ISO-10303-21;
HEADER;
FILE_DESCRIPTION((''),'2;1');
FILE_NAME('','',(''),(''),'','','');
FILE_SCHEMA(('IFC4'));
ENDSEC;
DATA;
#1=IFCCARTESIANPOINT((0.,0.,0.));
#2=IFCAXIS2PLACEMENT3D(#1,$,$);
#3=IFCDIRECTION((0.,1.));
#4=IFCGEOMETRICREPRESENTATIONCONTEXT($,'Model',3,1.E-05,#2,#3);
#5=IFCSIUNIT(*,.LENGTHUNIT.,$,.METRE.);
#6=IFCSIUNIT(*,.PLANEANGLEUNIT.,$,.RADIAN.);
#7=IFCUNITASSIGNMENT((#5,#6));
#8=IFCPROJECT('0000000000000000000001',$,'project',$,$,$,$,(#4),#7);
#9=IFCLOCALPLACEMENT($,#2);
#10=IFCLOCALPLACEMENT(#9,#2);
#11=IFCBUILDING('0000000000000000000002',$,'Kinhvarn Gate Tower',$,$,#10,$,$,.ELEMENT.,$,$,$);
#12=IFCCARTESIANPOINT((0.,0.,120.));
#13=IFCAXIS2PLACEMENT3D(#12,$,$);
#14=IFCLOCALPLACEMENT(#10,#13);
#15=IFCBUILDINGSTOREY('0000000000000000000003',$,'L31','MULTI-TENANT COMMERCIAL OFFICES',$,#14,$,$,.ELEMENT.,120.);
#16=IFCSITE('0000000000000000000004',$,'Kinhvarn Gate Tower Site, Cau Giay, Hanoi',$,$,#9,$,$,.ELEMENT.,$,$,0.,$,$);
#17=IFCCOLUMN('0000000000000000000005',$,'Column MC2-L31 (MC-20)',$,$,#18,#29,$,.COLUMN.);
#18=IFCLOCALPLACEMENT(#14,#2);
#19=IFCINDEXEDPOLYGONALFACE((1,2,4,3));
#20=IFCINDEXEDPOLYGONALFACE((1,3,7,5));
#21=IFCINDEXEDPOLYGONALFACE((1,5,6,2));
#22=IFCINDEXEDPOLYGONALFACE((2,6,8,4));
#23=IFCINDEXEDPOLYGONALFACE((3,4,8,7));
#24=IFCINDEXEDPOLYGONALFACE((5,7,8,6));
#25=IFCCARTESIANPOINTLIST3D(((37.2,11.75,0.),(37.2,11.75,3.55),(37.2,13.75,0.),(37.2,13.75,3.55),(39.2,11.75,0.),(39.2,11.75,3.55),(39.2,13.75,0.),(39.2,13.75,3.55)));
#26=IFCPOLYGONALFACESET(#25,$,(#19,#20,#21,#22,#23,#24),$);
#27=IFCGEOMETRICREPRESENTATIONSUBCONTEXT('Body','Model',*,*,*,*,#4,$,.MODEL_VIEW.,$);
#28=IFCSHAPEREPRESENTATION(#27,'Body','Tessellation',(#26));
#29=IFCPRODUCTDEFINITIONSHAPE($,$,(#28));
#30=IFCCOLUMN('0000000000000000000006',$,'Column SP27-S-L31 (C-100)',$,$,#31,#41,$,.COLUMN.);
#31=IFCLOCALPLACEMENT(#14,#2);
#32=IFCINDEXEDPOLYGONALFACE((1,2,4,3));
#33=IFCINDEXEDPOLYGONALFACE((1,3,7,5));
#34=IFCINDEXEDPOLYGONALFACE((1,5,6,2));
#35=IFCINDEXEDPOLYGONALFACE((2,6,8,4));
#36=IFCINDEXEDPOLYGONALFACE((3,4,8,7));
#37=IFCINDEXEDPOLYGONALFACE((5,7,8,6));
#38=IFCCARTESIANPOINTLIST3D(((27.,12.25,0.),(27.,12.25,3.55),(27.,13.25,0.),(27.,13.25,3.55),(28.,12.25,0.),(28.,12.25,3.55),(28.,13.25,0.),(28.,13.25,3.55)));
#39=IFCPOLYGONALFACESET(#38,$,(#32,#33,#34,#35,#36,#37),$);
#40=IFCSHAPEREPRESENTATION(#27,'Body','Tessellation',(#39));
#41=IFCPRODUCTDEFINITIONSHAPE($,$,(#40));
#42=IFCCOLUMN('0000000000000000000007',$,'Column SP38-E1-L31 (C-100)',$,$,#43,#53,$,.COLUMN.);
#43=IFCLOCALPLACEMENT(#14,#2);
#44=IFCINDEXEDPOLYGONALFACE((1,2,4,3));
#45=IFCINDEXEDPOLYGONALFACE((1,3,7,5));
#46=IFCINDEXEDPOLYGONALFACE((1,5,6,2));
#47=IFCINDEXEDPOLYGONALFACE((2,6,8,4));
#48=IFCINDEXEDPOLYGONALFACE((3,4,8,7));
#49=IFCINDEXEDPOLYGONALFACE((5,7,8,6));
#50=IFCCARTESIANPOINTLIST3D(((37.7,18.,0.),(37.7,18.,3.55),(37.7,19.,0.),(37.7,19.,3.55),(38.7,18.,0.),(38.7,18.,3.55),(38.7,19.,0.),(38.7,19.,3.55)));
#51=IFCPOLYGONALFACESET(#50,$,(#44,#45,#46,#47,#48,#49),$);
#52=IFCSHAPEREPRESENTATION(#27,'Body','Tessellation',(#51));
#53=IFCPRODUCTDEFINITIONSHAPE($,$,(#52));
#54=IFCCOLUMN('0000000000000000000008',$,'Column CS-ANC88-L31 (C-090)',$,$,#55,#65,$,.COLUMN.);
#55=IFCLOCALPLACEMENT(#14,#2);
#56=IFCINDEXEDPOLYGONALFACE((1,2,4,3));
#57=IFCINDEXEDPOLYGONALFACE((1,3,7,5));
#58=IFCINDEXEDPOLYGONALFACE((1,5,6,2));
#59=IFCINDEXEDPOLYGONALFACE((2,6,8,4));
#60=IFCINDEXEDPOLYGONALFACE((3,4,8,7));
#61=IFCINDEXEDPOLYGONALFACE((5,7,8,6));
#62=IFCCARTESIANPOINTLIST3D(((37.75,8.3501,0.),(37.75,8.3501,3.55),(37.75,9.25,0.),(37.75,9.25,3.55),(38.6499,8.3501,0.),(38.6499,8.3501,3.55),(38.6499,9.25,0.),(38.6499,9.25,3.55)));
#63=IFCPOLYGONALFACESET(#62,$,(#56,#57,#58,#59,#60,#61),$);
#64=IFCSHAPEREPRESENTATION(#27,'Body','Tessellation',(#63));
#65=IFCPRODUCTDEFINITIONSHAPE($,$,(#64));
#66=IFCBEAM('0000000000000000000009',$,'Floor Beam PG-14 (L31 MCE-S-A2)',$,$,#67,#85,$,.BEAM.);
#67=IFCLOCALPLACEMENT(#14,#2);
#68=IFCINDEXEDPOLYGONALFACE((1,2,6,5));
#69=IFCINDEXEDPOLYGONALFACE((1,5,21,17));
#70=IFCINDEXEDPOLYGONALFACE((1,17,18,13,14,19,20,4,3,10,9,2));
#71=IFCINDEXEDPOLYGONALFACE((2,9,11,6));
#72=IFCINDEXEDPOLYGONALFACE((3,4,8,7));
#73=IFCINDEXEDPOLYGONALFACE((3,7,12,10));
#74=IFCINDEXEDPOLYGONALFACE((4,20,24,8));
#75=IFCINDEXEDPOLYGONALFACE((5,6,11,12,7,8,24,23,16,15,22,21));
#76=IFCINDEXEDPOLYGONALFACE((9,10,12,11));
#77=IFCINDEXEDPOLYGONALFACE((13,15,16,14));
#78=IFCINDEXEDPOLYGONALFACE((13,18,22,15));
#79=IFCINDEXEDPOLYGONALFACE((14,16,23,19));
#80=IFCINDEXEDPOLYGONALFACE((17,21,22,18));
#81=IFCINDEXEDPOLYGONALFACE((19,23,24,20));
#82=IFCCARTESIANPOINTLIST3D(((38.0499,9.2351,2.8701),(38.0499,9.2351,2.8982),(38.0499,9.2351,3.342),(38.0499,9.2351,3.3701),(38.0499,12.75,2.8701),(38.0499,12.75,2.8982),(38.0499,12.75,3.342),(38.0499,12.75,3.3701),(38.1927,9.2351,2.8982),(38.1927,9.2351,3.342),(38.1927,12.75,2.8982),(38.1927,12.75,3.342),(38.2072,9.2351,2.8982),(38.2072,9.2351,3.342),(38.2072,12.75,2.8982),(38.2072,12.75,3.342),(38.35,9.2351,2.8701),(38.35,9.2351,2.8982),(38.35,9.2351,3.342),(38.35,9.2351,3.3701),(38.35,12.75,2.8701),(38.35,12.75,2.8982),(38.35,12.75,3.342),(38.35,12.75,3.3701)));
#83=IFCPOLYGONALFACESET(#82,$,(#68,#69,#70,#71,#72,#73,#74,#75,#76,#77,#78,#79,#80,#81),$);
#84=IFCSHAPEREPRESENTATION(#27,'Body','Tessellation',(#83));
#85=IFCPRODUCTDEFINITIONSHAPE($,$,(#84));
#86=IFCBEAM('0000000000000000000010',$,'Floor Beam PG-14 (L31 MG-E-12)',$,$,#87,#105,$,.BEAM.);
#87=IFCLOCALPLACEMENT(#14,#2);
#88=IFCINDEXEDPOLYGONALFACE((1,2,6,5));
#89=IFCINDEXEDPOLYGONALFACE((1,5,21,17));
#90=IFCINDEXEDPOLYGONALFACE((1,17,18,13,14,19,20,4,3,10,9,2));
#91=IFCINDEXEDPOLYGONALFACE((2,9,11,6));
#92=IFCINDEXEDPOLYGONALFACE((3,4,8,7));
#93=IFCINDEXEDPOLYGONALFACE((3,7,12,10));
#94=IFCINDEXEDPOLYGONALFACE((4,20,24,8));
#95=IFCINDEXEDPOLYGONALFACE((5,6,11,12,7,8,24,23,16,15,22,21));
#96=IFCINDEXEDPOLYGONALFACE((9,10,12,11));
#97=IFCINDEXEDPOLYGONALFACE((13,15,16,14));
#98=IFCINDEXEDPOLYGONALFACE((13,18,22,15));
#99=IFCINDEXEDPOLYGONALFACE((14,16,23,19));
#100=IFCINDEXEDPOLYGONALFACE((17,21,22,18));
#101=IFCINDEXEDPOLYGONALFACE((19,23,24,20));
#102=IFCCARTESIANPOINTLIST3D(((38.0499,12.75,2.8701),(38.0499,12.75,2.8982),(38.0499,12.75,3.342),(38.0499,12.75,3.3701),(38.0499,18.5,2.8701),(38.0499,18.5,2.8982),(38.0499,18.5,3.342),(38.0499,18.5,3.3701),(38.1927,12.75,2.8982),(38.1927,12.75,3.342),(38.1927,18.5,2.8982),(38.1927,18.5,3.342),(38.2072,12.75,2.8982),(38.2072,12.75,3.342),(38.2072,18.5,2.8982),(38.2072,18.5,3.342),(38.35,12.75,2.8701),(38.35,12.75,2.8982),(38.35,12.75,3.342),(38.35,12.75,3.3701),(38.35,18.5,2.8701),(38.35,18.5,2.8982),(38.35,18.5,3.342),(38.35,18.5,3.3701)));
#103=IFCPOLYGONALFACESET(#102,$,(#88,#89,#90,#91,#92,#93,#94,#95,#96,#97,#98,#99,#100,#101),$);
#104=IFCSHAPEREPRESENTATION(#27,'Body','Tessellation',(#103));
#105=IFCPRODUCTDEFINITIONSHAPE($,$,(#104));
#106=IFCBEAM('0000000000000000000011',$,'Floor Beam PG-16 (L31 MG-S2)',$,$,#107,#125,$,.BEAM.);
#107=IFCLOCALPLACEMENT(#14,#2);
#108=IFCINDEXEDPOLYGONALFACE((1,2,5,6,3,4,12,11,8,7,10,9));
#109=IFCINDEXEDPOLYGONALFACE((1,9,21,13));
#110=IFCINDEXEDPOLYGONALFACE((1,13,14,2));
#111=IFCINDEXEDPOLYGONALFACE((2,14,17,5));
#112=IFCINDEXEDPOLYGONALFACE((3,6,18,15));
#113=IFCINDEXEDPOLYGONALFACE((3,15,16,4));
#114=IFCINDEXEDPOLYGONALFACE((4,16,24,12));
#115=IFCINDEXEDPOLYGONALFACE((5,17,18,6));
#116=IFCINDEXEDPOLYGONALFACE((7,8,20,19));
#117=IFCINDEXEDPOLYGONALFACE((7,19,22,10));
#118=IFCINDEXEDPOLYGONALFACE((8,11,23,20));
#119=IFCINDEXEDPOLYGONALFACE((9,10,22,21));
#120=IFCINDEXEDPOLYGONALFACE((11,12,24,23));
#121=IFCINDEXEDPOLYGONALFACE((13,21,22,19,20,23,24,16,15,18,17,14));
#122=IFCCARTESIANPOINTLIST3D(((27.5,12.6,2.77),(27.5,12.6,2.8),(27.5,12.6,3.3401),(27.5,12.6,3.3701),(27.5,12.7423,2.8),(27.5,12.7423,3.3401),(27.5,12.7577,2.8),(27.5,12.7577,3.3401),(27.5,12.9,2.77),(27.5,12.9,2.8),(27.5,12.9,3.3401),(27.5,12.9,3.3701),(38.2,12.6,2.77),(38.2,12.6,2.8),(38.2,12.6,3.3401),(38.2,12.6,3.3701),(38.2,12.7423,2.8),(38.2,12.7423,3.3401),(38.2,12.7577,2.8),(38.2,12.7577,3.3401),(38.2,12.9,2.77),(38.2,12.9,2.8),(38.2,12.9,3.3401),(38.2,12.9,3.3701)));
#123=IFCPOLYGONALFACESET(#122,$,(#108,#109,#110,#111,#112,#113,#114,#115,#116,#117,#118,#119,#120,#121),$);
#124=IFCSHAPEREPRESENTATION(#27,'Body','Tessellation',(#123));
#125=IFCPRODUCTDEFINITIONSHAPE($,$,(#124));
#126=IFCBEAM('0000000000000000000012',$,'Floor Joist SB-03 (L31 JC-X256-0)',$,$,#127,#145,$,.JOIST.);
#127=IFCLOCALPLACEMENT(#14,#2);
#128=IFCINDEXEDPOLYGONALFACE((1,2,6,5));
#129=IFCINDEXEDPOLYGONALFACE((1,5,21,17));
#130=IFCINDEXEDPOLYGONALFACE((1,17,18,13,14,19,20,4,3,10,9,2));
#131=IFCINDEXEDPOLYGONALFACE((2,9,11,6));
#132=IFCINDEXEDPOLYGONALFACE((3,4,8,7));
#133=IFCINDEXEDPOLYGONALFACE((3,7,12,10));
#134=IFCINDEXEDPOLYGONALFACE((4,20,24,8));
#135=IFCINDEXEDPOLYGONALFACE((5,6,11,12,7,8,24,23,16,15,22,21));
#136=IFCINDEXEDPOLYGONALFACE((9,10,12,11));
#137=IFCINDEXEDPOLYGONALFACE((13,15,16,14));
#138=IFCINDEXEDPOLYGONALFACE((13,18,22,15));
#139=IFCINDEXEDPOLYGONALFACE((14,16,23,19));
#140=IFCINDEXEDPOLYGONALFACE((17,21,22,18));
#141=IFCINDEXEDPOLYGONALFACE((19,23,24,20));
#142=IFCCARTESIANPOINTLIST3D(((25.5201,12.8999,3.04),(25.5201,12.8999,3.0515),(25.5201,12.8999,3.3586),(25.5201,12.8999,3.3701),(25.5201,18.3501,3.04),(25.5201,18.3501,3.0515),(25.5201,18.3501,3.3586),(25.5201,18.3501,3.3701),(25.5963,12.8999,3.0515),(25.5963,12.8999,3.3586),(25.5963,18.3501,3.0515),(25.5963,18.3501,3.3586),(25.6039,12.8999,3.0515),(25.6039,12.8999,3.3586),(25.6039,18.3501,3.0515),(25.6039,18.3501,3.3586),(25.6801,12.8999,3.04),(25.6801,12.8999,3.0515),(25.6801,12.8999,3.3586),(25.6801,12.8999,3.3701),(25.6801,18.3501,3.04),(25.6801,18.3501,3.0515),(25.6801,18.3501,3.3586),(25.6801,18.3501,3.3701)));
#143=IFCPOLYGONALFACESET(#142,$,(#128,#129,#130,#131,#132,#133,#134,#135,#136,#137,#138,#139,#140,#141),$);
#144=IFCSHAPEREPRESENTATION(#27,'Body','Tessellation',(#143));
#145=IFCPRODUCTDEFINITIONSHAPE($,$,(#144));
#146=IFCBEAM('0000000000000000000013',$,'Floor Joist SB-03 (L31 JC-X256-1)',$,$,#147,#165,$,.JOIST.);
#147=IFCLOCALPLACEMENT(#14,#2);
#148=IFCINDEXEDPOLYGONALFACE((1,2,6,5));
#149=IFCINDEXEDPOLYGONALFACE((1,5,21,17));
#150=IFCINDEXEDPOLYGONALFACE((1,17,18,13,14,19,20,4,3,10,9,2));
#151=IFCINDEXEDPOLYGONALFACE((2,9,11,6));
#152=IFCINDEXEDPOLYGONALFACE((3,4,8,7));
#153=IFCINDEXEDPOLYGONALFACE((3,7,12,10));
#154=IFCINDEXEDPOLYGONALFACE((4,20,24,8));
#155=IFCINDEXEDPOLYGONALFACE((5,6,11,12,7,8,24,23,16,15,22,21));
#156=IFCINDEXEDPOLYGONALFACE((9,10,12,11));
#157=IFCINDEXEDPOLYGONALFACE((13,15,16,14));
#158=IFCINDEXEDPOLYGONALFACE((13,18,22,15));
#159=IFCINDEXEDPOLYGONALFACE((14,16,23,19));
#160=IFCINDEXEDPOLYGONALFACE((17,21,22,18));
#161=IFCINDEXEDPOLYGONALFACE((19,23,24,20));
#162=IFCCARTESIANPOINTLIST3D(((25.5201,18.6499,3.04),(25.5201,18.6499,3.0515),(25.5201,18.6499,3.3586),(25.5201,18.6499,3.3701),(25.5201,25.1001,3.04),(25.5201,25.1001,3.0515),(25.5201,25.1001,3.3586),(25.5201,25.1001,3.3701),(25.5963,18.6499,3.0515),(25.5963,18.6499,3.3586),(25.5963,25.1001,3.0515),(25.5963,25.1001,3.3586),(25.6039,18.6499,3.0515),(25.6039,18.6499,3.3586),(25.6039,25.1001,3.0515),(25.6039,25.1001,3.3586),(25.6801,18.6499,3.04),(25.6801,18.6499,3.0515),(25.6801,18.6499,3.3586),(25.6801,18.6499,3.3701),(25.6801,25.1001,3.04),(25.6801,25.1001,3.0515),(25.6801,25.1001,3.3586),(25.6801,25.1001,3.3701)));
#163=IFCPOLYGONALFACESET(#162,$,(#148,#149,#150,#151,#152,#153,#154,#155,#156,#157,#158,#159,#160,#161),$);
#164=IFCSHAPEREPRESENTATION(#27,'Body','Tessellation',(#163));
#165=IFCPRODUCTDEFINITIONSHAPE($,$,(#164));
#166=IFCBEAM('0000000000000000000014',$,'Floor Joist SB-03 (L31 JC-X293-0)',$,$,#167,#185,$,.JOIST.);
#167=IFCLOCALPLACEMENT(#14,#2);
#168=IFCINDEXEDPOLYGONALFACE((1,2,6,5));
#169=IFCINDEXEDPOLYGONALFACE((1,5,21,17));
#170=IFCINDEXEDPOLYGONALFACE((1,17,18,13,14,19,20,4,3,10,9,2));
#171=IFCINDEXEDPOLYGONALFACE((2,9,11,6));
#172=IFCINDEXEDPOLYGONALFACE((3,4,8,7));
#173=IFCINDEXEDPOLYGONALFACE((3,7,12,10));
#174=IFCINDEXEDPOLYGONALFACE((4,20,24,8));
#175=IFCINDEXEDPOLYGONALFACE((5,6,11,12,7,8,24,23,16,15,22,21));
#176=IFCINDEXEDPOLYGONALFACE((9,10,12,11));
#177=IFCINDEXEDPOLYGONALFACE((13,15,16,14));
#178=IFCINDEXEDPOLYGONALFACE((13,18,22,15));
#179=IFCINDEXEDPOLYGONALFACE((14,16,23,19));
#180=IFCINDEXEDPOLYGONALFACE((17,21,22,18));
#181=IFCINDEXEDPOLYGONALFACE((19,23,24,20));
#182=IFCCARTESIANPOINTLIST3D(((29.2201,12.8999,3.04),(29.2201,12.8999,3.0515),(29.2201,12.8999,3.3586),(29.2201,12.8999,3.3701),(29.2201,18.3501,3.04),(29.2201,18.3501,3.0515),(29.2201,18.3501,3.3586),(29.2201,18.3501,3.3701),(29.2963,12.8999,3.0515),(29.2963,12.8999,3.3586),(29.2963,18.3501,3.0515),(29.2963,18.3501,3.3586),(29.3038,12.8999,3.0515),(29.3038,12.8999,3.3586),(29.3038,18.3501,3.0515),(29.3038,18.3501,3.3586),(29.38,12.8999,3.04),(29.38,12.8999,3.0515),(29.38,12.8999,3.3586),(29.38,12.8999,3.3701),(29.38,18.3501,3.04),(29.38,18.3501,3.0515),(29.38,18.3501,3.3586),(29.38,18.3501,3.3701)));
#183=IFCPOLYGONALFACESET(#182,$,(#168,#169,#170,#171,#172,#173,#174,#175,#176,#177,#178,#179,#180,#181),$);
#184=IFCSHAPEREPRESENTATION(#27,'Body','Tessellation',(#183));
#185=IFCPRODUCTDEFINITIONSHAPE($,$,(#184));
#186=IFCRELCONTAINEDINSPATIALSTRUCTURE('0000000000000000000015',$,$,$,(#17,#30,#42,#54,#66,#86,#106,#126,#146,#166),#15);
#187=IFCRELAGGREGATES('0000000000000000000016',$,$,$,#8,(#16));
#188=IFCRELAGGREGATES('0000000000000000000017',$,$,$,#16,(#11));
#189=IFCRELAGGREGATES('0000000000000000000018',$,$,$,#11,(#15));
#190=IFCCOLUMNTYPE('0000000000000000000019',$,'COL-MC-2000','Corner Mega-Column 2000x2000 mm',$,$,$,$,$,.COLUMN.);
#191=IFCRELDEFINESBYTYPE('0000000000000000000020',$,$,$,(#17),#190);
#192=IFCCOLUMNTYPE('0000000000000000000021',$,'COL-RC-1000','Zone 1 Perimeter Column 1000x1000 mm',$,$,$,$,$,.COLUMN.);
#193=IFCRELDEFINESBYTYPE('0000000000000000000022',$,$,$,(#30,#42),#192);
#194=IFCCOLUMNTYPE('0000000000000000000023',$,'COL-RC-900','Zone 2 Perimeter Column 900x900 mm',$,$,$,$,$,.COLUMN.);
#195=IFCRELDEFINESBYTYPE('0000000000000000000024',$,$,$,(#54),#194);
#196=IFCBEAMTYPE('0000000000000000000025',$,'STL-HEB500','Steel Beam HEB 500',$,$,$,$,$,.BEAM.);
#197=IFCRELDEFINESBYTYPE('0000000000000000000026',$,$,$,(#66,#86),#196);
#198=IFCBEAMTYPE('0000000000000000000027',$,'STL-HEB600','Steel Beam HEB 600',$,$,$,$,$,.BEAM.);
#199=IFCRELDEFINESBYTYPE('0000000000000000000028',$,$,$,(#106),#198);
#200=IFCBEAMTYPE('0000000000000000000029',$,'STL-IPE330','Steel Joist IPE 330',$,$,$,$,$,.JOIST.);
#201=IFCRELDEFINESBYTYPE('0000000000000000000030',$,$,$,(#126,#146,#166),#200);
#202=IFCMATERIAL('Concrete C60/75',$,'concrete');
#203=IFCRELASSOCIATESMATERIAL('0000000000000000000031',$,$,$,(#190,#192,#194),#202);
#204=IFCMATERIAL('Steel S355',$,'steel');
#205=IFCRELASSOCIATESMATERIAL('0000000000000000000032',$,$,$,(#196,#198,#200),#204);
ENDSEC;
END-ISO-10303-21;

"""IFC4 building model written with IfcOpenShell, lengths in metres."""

from ifc_helpers import new_model, si_unit, direction, frame, origin, origin_2d, place, context, subcontext, project, spatial, rectangle, i_section, extrude, material, material_profile, profile_set, type_object, element, save


model = new_model("IFC4")

# Units and contexts
model_context = context("Model", 3, precision=1e-05, world=origin(), true_north=direction((0.0, 1.0)))
body_context = subcontext(model_context, "Body", "Model", "MODEL_VIEW")
ifc_project = project(units=[si_unit("LENGTHUNIT", "METRE"), si_unit("PLANEANGLEUNIT", "RADIAN")], contexts=[model_context])

# Site, building, storey
site_placement = place(None, origin())
site = spatial("IfcSite", under=ifc_project, at=site_placement, Name="Kinhvarn Gate Tower Site, Cau Giay, Hanoi", CompositionType="ELEMENT", RefElevation=0.0)
building_placement = place(site_placement, origin())
building = spatial("IfcBuilding", under=site, at=building_placement, Name="Kinhvarn Gate Tower", CompositionType="ELEMENT")
storey_placement = place(building_placement, frame((0.0, 0.0, 120.0)))
storey = spatial("IfcBuildingStorey", under=building, at=storey_placement, Name="L31", Description="MULTI-TENANT COMMERCIAL OFFICES", CompositionType="ELEMENT", Elevation=120.0)

# Columns
ifc_material_1 = material(Name="Concrete C60/75", Category="concrete")
ifc_material_profile_1 = material_profile(ifc_material_1, rectangle(XDim=2.0, YDim=2.0, at=origin_2d()), Name="RC 2000x2000")
ifc_profile_set_1 = profile_set([ifc_material_profile_1], Name="Concrete C60/75")
column_type_1 = type_object("IfcColumnType", Name="COL-MC-2000", Description="Corner Mega-Column 2000x2000 mm", PredefinedType="COLUMN", material=ifc_profile_set_1)
column_1_placement = place(storey_placement, frame((38.2, 12.75, 0.0), z_axis=(0.0, 0.0, 1.0), x_axis=(1.0, 0.0, 0.0)))
element("IfcColumn", 1, at=column_1_placement, inside=storey, type_object=column_type_1, Name="Column MC2-L31 (MC-20)", PredefinedType="COLUMN", context=body_context, shape_type="SweptSolid", body=[
    extrude(rectangle(XDim=2.0, YDim=2.0, at=origin_2d()), origin(), (0.0, 0.0, 1.0), 3.55),
])
ifc_material_profile_2 = material_profile(ifc_material_1, rectangle(XDim=1.0, YDim=1.0, at=origin_2d()), Name="RC 1000x1000")
ifc_profile_set_2 = profile_set([ifc_material_profile_2], Name="Concrete C60/75")
column_type_2 = type_object("IfcColumnType", Name="COL-RC-1000", Description="Zone 1 Perimeter Column 1000x1000 mm", PredefinedType="COLUMN", material=ifc_profile_set_2)
for number, where, z_axis, x_axis, name in (
    (2, (27.5, 12.75, 0.0), (0.0, 0.0, 1.0), (1.0, 0.0, 0.0), "Column SP27-S-L31 (C-100)"),
    (3, (38.2, 18.5, 0.0), (0.0, 0.0, 1.0), (1.0, 0.0, 0.0), "Column SP38-E1-L31 (C-100)"),
):
    element("IfcColumn", number, at=place(storey_placement, frame(where, z_axis=z_axis, x_axis=x_axis)), inside=storey, type_object=column_type_2, Name=name, PredefinedType="COLUMN", context=body_context, shape_type="SweptSolid", body=[
        extrude(rectangle(XDim=1.0, YDim=1.0, at=origin_2d()), origin(), (0.0, 0.0, 1.0), 3.55),
    ])
ifc_material_profile_3 = material_profile(ifc_material_1, rectangle(XDim=0.8999, YDim=0.8999, at=origin_2d()), Name="RC 900x900")
ifc_profile_set_3 = profile_set([ifc_material_profile_3], Name="Concrete C60/75")
column_type_3 = type_object("IfcColumnType", Name="COL-RC-900", Description="Zone 2 Perimeter Column 900x900 mm", PredefinedType="COLUMN", material=ifc_profile_set_3)
column_2_placement = place(storey_placement, frame((38.2, 8.8, 0.0), z_axis=(0.0, 0.0, 1.0), x_axis=(1.0, 0.0, 0.0)))
element("IfcColumn", 4, at=column_2_placement, inside=storey, type_object=column_type_3, Name="Column CS-ANC88-L31 (C-090)", PredefinedType="COLUMN", context=body_context, shape_type="SweptSolid", body=[
    extrude(rectangle(XDim=0.8999, YDim=0.8999, at=origin_2d()), origin(), (0.0, 0.0, 1.0), 3.55),
])

# Beams
ifc_material_2 = material(Name="Steel S355", Category="steel")
ifc_material_profile_4 = material_profile(ifc_material_2, i_section(OverallWidth=0.3, OverallDepth=0.5, WebThickness=0.0144, FlangeThickness=0.0281, at=origin_2d()), Name="HEB 500")
ifc_profile_set_4 = profile_set([ifc_material_profile_4], Name="Steel S355")
beam_type_1 = type_object("IfcBeamType", Name="STL-HEB500", Description="Steel Beam HEB 500", PredefinedType="BEAM", material=ifc_profile_set_4)
beam_1_placement = place(storey_placement, frame((38.2, 9.2351, 3.1201), z_axis=(0.0, 1.0, 0.0), x_axis=(-1.0, 0.0, 0.0)))
element("IfcBeam", 5, at=beam_1_placement, inside=storey, type_object=beam_type_1, Name="Floor Beam PG-14 (L31 MCE-S-A2)", PredefinedType="BEAM", context=body_context, shape_type="SweptSolid", body=[
    extrude(i_section(OverallWidth=0.3, OverallDepth=0.5, WebThickness=0.0144, FlangeThickness=0.0281, at=origin_2d()), origin(), (0.0, 0.0, 1.0), 3.5149),
])
beam_2_placement = place(storey_placement, frame((38.2, 12.75, 3.1201), z_axis=(0.0, 1.0, 0.0), x_axis=(-1.0, 0.0, 0.0)))
element("IfcBeam", 6, at=beam_2_placement, inside=storey, type_object=beam_type_1, Name="Floor Beam PG-14 (L31 MG-E-12)", PredefinedType="BEAM", context=body_context, shape_type="SweptSolid", body=[
    extrude(i_section(OverallWidth=0.3, OverallDepth=0.5, WebThickness=0.0144, FlangeThickness=0.0281, at=origin_2d()), origin(), (0.0, 0.0, 1.0), 5.75),
])
ifc_material_profile_5 = material_profile(ifc_material_2, i_section(OverallWidth=0.3, OverallDepth=0.6001, WebThickness=0.0154, FlangeThickness=0.03, at=origin_2d()), Name="HEB 600")
ifc_profile_set_5 = profile_set([ifc_material_profile_5], Name="Steel S355")
beam_type_2 = type_object("IfcBeamType", Name="STL-HEB600", Description="Steel Beam HEB 600", PredefinedType="BEAM", material=ifc_profile_set_5)
beam_3_placement = place(storey_placement, frame((27.5, 12.75, 3.0701), z_axis=(1.0, 0.0, 0.0), x_axis=(0.0, 1.0, 0.0)))
element("IfcBeam", 7, at=beam_3_placement, inside=storey, type_object=beam_type_2, Name="Floor Beam PG-16 (L31 MG-S2)", PredefinedType="BEAM", context=body_context, shape_type="SweptSolid", body=[
    extrude(i_section(OverallWidth=0.3, OverallDepth=0.6001, WebThickness=0.0154, FlangeThickness=0.03, at=origin_2d()), origin(), (0.0, 0.0, 1.0), 10.7),
])
ifc_material_profile_6 = material_profile(ifc_material_2, i_section(OverallWidth=0.1599, OverallDepth=0.3301, WebThickness=0.0076, FlangeThickness=0.0115, at=origin_2d()), Name="IPE 330")
ifc_profile_set_6 = profile_set([ifc_material_profile_6], Name="Steel S355")
beam_type_3 = type_object("IfcBeamType", Name="STL-IPE330", Description="Steel Joist IPE 330", PredefinedType="JOIST", material=ifc_profile_set_6)
beam_4_placement = place(storey_placement, frame((25.6001, 12.8999, 3.2051), z_axis=(0.0, 1.0, 0.0), x_axis=(-1.0, 0.0, 0.0)))
element("IfcBeam", 8, at=beam_4_placement, inside=storey, type_object=beam_type_3, Name="Floor Joist SB-03 (L31 JC-X256-0)", PredefinedType="JOIST", context=body_context, shape_type="SweptSolid", body=[
    extrude(i_section(OverallWidth=0.1599, OverallDepth=0.3301, WebThickness=0.0076, FlangeThickness=0.0115, at=origin_2d()), origin(), (0.0, 0.0, 1.0), 5.4502),
])
beam_5_placement = place(storey_placement, frame((25.6001, 18.6499, 3.2051), z_axis=(0.0, 1.0, 0.0), x_axis=(-1.0, 0.0, 0.0)))
element("IfcBeam", 9, at=beam_5_placement, inside=storey, type_object=beam_type_3, Name="Floor Joist SB-03 (L31 JC-X256-1)", PredefinedType="JOIST", context=body_context, shape_type="SweptSolid", body=[
    extrude(i_section(OverallWidth=0.1599, OverallDepth=0.3301, WebThickness=0.0076, FlangeThickness=0.0115, at=origin_2d()), origin(), (0.0, 0.0, 1.0), 6.4502),
])
beam_6_placement = place(storey_placement, frame((29.3, 12.8999, 3.2051), z_axis=(0.0, 1.0, 0.0), x_axis=(-1.0, 0.0, 0.0)))
element("IfcBeam", 10, at=beam_6_placement, inside=storey, type_object=beam_type_3, Name="Floor Joist SB-03 (L31 JC-X293-0)", PredefinedType="JOIST", context=body_context, shape_type="SweptSolid", body=[
    extrude(i_section(OverallWidth=0.1599, OverallDepth=0.3301, WebThickness=0.0076, FlangeThickness=0.0115, at=origin_2d()), origin(), (0.0, 0.0, 1.0), 5.4502),
])

save(model, "model.ifc")
